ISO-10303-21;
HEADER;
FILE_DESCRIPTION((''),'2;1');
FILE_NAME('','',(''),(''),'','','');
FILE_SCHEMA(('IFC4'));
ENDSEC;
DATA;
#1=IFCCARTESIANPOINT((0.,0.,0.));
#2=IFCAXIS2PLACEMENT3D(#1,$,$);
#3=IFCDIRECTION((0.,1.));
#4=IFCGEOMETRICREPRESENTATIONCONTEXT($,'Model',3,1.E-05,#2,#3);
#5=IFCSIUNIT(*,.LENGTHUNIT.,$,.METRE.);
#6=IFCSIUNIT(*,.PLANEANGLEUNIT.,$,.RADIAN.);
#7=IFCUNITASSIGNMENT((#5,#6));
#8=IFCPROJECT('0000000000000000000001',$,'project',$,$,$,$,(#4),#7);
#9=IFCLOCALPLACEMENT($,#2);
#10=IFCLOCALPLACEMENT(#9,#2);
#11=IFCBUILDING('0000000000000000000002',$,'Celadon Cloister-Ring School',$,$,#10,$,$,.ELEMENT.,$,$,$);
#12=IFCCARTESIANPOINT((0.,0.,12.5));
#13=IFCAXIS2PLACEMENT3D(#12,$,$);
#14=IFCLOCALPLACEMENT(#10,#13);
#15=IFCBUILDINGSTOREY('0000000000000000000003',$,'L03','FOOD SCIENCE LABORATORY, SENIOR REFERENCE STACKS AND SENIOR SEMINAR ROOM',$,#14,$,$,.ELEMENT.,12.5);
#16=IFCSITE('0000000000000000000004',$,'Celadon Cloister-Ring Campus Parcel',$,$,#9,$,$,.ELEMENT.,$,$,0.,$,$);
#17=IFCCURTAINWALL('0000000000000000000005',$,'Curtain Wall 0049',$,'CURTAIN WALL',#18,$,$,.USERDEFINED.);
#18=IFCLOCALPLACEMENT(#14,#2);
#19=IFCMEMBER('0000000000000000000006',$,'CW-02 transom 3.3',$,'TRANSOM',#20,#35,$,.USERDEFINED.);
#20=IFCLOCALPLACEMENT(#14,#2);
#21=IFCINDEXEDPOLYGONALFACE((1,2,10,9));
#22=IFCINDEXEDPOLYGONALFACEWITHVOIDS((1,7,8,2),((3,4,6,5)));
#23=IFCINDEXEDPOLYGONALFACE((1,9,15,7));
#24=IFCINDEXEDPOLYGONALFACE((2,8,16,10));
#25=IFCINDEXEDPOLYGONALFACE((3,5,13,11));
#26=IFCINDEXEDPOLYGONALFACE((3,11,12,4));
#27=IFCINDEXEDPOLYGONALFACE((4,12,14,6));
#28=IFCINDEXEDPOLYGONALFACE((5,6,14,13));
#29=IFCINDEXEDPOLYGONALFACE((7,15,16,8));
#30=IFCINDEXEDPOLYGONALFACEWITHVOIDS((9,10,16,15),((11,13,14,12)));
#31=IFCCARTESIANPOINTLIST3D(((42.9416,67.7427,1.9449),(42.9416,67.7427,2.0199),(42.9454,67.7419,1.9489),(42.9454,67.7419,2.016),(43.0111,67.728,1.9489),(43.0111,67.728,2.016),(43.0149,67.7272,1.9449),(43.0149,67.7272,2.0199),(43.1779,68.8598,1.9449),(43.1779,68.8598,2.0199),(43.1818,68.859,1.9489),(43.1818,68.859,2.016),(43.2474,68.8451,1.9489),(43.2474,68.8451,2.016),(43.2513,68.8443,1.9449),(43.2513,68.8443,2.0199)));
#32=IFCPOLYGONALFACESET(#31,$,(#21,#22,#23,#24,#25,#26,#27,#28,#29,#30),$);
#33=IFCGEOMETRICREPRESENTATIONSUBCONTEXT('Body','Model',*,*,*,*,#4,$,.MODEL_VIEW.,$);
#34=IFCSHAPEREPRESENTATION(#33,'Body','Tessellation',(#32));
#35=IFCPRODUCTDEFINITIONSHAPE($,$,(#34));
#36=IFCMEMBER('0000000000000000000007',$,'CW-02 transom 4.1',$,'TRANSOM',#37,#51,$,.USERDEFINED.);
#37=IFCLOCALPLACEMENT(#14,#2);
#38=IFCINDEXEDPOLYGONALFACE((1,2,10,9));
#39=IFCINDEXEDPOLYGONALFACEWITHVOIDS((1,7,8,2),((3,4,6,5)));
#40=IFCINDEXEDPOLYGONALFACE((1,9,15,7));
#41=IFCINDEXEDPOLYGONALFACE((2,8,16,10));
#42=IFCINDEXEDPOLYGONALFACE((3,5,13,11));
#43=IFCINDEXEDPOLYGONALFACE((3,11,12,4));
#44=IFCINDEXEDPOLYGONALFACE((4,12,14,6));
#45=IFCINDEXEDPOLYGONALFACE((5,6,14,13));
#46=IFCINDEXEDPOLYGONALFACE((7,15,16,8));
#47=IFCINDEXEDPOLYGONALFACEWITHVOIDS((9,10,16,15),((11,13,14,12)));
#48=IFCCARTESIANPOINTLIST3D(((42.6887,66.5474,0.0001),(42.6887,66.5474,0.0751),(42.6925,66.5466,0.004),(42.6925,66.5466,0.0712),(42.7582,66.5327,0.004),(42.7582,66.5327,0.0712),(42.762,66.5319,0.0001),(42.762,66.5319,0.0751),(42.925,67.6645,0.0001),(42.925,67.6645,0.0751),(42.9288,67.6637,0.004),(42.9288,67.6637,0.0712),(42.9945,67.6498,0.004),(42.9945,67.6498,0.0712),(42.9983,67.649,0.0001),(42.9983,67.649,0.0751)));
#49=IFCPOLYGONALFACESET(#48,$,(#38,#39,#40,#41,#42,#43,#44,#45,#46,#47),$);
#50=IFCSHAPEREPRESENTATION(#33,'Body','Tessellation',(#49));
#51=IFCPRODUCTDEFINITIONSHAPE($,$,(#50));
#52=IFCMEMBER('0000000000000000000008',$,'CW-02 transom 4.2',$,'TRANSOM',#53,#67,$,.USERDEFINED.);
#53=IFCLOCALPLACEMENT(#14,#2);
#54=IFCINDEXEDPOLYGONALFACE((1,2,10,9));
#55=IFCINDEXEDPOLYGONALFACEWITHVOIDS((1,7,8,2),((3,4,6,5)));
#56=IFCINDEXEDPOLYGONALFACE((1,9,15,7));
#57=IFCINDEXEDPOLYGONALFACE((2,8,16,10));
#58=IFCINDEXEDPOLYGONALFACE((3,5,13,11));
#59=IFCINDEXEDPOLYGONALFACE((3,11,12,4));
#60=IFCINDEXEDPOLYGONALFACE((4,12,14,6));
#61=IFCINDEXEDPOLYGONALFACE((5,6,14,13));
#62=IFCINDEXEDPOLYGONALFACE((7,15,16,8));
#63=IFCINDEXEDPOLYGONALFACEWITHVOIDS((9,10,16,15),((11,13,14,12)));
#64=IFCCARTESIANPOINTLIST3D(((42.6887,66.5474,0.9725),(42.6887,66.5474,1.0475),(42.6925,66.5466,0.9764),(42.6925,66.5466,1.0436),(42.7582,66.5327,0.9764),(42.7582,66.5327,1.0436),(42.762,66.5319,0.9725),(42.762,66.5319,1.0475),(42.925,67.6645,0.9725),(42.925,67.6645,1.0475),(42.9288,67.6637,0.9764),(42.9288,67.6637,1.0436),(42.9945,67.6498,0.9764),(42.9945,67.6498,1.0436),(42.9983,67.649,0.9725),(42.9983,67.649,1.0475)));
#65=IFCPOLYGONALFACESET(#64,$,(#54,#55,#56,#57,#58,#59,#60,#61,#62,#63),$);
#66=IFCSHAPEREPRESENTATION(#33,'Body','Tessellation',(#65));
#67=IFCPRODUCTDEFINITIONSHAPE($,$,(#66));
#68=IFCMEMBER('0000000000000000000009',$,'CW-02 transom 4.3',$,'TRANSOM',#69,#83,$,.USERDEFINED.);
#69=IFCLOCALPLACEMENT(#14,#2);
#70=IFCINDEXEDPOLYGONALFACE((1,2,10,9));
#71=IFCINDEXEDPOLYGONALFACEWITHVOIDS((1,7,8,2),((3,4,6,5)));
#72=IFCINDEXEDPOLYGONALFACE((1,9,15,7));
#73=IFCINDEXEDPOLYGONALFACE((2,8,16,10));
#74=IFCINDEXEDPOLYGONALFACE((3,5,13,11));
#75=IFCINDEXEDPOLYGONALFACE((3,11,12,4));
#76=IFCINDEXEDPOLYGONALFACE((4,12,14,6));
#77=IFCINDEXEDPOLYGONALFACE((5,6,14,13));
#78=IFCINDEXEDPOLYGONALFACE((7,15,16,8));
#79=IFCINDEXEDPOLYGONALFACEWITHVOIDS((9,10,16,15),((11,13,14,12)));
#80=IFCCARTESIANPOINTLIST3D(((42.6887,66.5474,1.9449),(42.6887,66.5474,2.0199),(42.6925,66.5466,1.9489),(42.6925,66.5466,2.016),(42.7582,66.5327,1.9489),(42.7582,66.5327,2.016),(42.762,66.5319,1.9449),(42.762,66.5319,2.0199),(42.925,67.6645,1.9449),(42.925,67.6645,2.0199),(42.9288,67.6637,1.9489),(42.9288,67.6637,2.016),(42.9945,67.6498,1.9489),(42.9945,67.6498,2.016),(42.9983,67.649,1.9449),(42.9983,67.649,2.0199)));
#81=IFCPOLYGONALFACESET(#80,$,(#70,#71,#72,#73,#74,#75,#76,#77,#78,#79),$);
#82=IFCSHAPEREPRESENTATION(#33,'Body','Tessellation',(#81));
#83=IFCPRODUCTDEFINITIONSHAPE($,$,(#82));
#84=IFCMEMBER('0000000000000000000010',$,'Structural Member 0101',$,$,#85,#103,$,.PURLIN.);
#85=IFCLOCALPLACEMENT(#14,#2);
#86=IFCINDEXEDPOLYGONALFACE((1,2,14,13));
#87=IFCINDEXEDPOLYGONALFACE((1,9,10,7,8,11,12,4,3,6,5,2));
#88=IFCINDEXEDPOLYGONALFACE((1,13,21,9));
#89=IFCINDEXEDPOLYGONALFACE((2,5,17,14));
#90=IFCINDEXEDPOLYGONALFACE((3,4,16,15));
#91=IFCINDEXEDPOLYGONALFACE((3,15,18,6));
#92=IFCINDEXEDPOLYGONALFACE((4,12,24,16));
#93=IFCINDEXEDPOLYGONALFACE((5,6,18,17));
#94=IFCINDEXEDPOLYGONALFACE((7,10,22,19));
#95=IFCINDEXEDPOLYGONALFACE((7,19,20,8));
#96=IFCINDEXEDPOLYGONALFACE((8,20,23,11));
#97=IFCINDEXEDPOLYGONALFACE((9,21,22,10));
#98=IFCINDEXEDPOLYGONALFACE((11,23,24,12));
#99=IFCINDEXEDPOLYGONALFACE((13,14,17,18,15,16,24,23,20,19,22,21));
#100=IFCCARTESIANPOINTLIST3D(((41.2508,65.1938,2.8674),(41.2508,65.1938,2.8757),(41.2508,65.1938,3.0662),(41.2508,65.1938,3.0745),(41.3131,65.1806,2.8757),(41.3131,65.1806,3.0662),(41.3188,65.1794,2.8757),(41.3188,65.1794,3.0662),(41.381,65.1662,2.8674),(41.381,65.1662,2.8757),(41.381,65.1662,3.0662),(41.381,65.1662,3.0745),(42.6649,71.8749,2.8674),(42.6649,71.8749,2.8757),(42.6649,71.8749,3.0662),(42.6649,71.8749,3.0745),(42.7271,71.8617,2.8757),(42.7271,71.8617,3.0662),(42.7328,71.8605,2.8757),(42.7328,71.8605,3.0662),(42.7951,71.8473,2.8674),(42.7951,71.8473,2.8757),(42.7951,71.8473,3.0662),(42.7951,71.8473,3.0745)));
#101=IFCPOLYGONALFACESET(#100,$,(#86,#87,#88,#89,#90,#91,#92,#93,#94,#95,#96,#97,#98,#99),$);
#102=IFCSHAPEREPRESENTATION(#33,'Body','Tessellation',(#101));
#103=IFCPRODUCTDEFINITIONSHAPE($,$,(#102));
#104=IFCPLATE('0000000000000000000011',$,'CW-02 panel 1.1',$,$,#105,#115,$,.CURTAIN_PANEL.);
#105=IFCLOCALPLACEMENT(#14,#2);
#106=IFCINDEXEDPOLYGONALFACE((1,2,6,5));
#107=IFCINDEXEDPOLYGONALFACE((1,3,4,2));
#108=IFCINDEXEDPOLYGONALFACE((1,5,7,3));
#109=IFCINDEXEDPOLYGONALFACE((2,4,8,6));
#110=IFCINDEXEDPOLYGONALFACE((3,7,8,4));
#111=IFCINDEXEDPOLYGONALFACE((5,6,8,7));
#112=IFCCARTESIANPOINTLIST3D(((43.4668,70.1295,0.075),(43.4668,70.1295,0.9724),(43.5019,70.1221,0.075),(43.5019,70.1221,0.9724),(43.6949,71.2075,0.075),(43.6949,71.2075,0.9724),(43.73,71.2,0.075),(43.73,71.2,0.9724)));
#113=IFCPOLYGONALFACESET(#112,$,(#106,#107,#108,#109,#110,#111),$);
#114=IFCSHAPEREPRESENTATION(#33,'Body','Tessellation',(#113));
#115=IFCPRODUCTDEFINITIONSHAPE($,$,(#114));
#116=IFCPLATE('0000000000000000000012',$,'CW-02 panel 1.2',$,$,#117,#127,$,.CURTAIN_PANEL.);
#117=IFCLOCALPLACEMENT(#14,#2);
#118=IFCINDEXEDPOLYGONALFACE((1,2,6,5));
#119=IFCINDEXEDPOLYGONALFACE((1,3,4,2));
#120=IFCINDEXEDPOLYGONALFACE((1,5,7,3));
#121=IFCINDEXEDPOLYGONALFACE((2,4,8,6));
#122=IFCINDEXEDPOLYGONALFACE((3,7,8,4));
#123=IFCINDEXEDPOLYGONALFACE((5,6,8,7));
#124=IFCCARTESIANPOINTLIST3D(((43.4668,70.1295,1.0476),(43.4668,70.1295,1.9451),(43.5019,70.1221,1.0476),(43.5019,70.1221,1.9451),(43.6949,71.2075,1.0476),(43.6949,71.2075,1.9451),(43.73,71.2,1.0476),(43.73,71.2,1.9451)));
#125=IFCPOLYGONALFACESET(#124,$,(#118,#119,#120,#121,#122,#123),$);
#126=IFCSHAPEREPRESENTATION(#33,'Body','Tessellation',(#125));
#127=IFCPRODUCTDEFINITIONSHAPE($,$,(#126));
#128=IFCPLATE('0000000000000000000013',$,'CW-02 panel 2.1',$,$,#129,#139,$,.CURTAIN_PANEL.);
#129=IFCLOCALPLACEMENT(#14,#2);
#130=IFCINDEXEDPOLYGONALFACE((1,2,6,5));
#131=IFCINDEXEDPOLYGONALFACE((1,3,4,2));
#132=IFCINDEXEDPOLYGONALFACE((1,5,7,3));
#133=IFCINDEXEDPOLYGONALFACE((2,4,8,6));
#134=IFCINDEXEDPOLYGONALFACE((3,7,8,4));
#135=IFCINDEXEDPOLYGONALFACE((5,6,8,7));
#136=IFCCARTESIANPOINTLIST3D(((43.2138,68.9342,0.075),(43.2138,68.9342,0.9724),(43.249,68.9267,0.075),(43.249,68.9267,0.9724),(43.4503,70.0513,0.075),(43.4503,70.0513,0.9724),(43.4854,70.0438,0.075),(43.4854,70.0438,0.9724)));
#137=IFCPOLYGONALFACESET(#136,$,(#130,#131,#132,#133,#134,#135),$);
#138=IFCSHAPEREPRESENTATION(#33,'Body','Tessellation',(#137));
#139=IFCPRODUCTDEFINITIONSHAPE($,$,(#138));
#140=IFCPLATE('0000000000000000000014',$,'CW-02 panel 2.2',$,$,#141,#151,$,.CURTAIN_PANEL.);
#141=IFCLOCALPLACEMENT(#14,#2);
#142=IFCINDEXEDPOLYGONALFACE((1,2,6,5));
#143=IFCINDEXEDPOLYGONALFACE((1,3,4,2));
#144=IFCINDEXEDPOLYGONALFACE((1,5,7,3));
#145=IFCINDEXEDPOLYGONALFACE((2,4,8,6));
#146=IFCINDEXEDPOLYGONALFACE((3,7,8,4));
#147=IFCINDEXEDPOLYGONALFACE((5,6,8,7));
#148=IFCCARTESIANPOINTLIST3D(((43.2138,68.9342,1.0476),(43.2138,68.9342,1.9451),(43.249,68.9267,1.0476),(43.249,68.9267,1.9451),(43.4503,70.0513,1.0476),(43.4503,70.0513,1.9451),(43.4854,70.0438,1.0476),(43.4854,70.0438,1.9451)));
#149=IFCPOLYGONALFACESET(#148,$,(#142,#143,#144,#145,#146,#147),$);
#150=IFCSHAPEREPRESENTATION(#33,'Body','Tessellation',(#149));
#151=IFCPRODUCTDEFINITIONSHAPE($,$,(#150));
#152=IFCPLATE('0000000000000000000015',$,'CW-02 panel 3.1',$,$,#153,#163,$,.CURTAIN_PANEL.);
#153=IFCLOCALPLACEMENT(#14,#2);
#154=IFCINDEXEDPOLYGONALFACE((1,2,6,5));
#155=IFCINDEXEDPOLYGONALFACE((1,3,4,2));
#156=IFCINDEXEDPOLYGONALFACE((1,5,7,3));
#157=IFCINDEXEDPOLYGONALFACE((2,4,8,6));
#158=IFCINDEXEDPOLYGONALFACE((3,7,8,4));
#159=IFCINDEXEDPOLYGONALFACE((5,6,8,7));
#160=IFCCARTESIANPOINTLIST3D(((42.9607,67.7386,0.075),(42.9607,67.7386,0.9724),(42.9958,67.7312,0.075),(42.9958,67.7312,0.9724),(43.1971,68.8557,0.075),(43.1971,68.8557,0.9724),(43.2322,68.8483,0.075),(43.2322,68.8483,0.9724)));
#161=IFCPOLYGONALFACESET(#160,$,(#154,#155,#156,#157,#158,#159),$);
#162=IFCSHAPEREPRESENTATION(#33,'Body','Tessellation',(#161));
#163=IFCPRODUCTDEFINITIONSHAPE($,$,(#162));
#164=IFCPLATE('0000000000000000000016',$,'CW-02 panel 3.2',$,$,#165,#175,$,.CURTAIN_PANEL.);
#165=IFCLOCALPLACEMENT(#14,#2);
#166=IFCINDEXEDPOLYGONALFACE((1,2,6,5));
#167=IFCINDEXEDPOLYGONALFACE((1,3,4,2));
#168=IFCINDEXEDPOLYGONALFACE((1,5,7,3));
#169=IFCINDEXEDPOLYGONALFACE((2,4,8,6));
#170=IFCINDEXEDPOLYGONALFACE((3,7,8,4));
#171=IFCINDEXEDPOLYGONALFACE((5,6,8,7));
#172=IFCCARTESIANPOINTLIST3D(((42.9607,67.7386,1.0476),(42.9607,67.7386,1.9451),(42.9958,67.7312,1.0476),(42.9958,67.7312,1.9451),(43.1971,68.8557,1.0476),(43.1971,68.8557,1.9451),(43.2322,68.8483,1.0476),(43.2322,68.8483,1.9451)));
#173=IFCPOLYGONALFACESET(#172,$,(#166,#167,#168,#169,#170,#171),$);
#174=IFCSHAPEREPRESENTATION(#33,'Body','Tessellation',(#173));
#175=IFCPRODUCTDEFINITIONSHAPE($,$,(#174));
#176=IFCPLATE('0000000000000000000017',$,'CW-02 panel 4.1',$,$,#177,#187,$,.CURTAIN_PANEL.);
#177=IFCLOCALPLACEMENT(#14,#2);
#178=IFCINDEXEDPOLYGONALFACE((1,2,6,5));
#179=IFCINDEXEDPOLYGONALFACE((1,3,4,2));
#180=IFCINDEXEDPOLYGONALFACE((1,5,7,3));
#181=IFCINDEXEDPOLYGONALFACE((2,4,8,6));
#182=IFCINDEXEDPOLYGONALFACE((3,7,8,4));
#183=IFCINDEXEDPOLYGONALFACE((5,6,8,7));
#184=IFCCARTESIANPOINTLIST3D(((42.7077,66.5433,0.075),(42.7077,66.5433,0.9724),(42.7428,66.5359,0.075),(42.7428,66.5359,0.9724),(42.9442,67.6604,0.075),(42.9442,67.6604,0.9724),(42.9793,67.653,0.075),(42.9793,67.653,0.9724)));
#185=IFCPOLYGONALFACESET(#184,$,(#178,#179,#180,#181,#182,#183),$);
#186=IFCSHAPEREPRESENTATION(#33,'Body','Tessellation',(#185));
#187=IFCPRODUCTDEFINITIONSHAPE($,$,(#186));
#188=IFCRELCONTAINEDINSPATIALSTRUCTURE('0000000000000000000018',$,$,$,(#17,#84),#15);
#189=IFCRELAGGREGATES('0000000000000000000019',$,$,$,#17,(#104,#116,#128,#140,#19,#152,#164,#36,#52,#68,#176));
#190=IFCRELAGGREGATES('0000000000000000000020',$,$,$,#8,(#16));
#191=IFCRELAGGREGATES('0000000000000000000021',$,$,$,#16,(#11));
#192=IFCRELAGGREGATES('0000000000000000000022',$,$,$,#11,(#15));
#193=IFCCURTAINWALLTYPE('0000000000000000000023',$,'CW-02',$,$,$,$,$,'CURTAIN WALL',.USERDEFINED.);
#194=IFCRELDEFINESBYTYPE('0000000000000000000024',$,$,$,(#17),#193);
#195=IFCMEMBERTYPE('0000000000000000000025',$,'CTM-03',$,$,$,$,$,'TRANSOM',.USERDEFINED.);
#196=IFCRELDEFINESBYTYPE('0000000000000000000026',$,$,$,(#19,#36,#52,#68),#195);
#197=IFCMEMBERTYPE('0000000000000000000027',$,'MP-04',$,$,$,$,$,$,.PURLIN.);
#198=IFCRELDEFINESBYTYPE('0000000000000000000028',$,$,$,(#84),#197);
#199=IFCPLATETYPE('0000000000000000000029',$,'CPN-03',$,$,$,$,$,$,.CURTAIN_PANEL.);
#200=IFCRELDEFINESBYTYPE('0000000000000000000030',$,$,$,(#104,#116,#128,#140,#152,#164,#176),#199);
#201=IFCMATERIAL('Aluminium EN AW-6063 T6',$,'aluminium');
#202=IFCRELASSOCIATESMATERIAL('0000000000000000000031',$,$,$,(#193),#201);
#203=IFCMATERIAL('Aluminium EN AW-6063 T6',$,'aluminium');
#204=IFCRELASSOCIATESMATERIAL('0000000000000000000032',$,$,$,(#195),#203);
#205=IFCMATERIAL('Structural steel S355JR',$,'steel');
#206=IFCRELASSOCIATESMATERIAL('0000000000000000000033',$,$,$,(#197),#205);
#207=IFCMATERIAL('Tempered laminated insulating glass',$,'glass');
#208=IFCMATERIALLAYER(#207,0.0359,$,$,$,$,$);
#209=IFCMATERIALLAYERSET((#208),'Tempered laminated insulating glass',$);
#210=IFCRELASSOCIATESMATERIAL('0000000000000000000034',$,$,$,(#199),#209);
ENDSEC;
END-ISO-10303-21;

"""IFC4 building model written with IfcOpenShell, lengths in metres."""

from ifc_helpers import new_model, si_unit, direction, frame, origin, origin_2d, place, context, subcontext, project, spatial, rectangle, hollow_rectangle, i_section, extrude, material, layer, layer_set, material_profile, profile_set, type_object, element, aggregate, save


model = new_model("IFC4")

# Units and contexts
model_context = context("Model", 3, precision=1e-05, world=origin(), true_north=direction((0.0, 1.0)))
body_context = subcontext(model_context, "Body", "Model", "MODEL_VIEW")
ifc_project = project(units=[si_unit("LENGTHUNIT", "METRE"), si_unit("PLANEANGLEUNIT", "RADIAN")], contexts=[model_context])

# Site, building, storey
site_placement = place(None, origin())
site = spatial("IfcSite", under=ifc_project, at=site_placement, Name="Celadon Cloister-Ring Campus Parcel", CompositionType="ELEMENT", RefElevation=0.0)
building_placement = place(site_placement, origin())
building = spatial("IfcBuilding", under=site, at=building_placement, Name="Celadon Cloister-Ring School", CompositionType="ELEMENT")
storey_placement = place(building_placement, frame((0.0, 0.0, 12.5)))
storey = spatial("IfcBuildingStorey", under=building, at=storey_placement, Name="L03", Description="FOOD SCIENCE LABORATORY, SENIOR REFERENCE STACKS AND SENIOR SEMINAR ROOM", CompositionType="ELEMENT", Elevation=12.5)

# Curtain wall, members
ifc_material_1 = material(Name="Aluminium EN AW-6063 T6", Category="aluminium")
curtain_wall_type = type_object("IfcCurtainWallType", Name="CW-02", ElementType="CURTAIN WALL", PredefinedType="USERDEFINED", material=ifc_material_1)
curtain_wall_placement = place(storey_placement, origin())
curtain_wall = element("IfcCurtainWall", 1, at=curtain_wall_placement, inside=storey, type_object=curtain_wall_type, Name="Curtain Wall 0049", ObjectType="CURTAIN WALL", PredefinedType="USERDEFINED")
ifc_material_2 = material(Name="Aluminium EN AW-6063 T6", Category="aluminium")
ifc_material_profile_1 = material_profile(ifc_material_2, hollow_rectangle(XDim=0.075, YDim=0.075, WallThickness=0.0039, at=origin_2d()), Name="RHS75X75X4")
ifc_profile_set_1 = profile_set([ifc_material_profile_1], Name="Aluminium EN AW-6063 T6")
member_type_1 = type_object("IfcMemberType", Name="CTM-03", ElementType="TRANSOM", PredefinedType="USERDEFINED", material=ifc_profile_set_1)
member_1_placement = place(storey_placement, frame((43.2146, 68.8521, 1.9824), z_axis=(-0.206959, -0.97835, 0.0), x_axis=(0.97835, -0.206959, 0.0)))
member_1 = element("IfcMember", 2, at=member_1_placement, type_object=member_type_1, Name="CW-02 transom 3.3", ObjectType="TRANSOM", PredefinedType="USERDEFINED", context=body_context, shape_type="SweptSolid", body=[
    extrude(hollow_rectangle(XDim=0.075, YDim=0.075, WallThickness=0.0039, at=origin_2d()), origin(), (0.0, 0.0, 1.0), 1.1418),
])
member_2_placement = place(storey_placement, frame((42.9617, 67.6567, 0.0376), z_axis=(-0.206959, -0.97835, 0.0), x_axis=(0.97835, -0.206959, 0.0)))
member_2 = element("IfcMember", 3, at=member_2_placement, type_object=member_type_1, Name="CW-02 transom 4.1", ObjectType="TRANSOM", PredefinedType="USERDEFINED", context=body_context, shape_type="SweptSolid", body=[
    extrude(hollow_rectangle(XDim=0.075, YDim=0.075, WallThickness=0.0039, at=origin_2d()), origin(), (0.0, 0.0, 1.0), 1.1418),
])
member_3_placement = place(storey_placement, frame((42.9617, 67.6567, 1.01), z_axis=(-0.206959, -0.97835, 0.0), x_axis=(0.97835, -0.206959, 0.0)))
member_3 = element("IfcMember", 4, at=member_3_placement, type_object=member_type_1, Name="CW-02 transom 4.2", ObjectType="TRANSOM", PredefinedType="USERDEFINED", context=body_context, shape_type="SweptSolid", body=[
    extrude(hollow_rectangle(XDim=0.075, YDim=0.075, WallThickness=0.0039, at=origin_2d()), origin(), (0.0, 0.0, 1.0), 1.1418),
])
member_4_placement = place(storey_placement, frame((42.9617, 67.6567, 1.9824), z_axis=(-0.206959, -0.97835, 0.0), x_axis=(0.97835, -0.206959, 0.0)))
member_4 = element("IfcMember", 5, at=member_4_placement, type_object=member_type_1, Name="CW-02 transom 4.3", ObjectType="TRANSOM", PredefinedType="USERDEFINED", context=body_context, shape_type="SweptSolid", body=[
    extrude(hollow_rectangle(XDim=0.075, YDim=0.075, WallThickness=0.0039, at=origin_2d()), origin(), (0.0, 0.0, 1.0), 1.1418),
])

# Member
ifc_material_3 = material(Name="Structural steel S355JR", Category="steel")
ifc_material_profile_2 = material_profile(ifc_material_3, i_section(OverallWidth=0.1331, OverallDepth=0.207, WebThickness=0.0059, FlangeThickness=0.0083, at=origin_2d()), Name="W200X27")
ifc_profile_set_2 = profile_set([ifc_material_profile_2], Name="Structural steel S355JR")
member_type_2 = type_object("IfcMemberType", Name="MP-04", PredefinedType="PURLIN", material=ifc_profile_set_2)
member_5_placement = place(storey_placement, frame((42.73, 71.8611, 2.9709), z_axis=(-0.207063, -0.978328, 0.0), x_axis=(0.978328, -0.207063, 0.0)))
element("IfcMember", 6, at=member_5_placement, inside=storey, type_object=member_type_2, Name="Structural Member 0101", PredefinedType="PURLIN", context=body_context, shape_type="SweptSolid", body=[
    extrude(i_section(OverallWidth=0.1331, OverallDepth=0.207, WebThickness=0.0059, FlangeThickness=0.0083, at=origin_2d()), origin(), (0.0, 0.0, 1.0), 6.8291),
])

# Plates
ifc_material_4 = material(Name="Tempered laminated insulating glass", Category="glass")
ifc_layer = layer(ifc_material_4, 0.0359)
ifc_layer_set = layer_set([ifc_layer], Name="Tempered laminated insulating glass")
plate_type = type_object("IfcPlateType", Name="CPN-03", PredefinedType="CURTAIN_PANEL", material=ifc_layer_set)
plate_1_placement = place(storey_placement, frame((43.5984, 70.6648, 0.075), z_axis=(0.0, 0.0, 1.0), x_axis=(-0.207058, -0.978329, 0.0)))
plate_1 = element("IfcPlate", 7, at=plate_1_placement, type_object=plate_type, Name="CW-02 panel 1.1", PredefinedType="CURTAIN_PANEL", context=body_context, shape_type="SweptSolid", body=[
    extrude(rectangle(XDim=1.1018, YDim=0.0359, at=origin_2d()), origin(), (0.0, 0.0, 1.0), 0.8975),
])
plate_2_placement = place(storey_placement, frame((43.5984, 70.6648, 1.0476), z_axis=(0.0, 0.0, 1.0), x_axis=(-0.207058, -0.978329, 0.0)))
plate_2 = element("IfcPlate", 8, at=plate_2_placement, type_object=plate_type, Name="CW-02 panel 1.2", PredefinedType="CURTAIN_PANEL", context=body_context, shape_type="SweptSolid", body=[
    extrude(rectangle(XDim=1.1018, YDim=0.0359, at=origin_2d()), origin(), (0.0, 0.0, 1.0), 0.8975),
])
plate_3_placement = place(storey_placement, frame((43.3496, 69.489, 0.075), z_axis=(0.0, 0.0, 1.0), x_axis=(-0.207058, -0.978329, 0.0)))
plate_3 = element("IfcPlate", 9, at=plate_3_placement, type_object=plate_type, Name="CW-02 panel 2.1", PredefinedType="CURTAIN_PANEL", context=body_context, shape_type="SweptSolid", body=[
    extrude(rectangle(XDim=1.1418, YDim=0.0359, at=origin_2d()), origin(), (0.0, 0.0, 1.0), 0.8975),
])
plate_4_placement = place(storey_placement, frame((43.3496, 69.489, 1.0476), z_axis=(0.0, 0.0, 1.0), x_axis=(-0.207058, -0.978329, 0.0)))
plate_4 = element("IfcPlate", 10, at=plate_4_placement, type_object=plate_type, Name="CW-02 panel 2.2", PredefinedType="CURTAIN_PANEL", context=body_context, shape_type="SweptSolid", body=[
    extrude(rectangle(XDim=1.1418, YDim=0.0359, at=origin_2d()), origin(), (0.0, 0.0, 1.0), 0.8975),
])
plate_5_placement = place(storey_placement, frame((43.0964, 68.2935, 0.075), z_axis=(0.0, 0.0, 1.0), x_axis=(-0.207058, -0.978329, 0.0)))
plate_5 = element("IfcPlate", 11, at=plate_5_placement, type_object=plate_type, Name="CW-02 panel 3.1", PredefinedType="CURTAIN_PANEL", context=body_context, shape_type="SweptSolid", body=[
    extrude(rectangle(XDim=1.1418, YDim=0.0359, at=origin_2d()), origin(), (0.0, 0.0, 1.0), 0.8975),
])
plate_6_placement = place(storey_placement, frame((43.0964, 68.2935, 1.0476), z_axis=(0.0, 0.0, 1.0), x_axis=(-0.207058, -0.978329, 0.0)))
plate_6 = element("IfcPlate", 12, at=plate_6_placement, type_object=plate_type, Name="CW-02 panel 3.2", PredefinedType="CURTAIN_PANEL", context=body_context, shape_type="SweptSolid", body=[
    extrude(rectangle(XDim=1.1418, YDim=0.0359, at=origin_2d()), origin(), (0.0, 0.0, 1.0), 0.8975),
])
plate_7_placement = place(storey_placement, frame((42.8435, 67.0981, 0.075), z_axis=(0.0, 0.0, 1.0), x_axis=(-0.207058, -0.978329, 0.0)))
plate_7 = element("IfcPlate", 13, at=plate_7_placement, type_object=plate_type, Name="CW-02 panel 4.1", PredefinedType="CURTAIN_PANEL", context=body_context, shape_type="SweptSolid", body=[
    extrude(rectangle(XDim=1.1418, YDim=0.0359, at=origin_2d()), origin(), (0.0, 0.0, 1.0), 0.8975),
])
aggregate(curtain_wall, [plate_1, plate_2, plate_3, plate_4, member_1, plate_5, plate_6, member_2, member_3, member_4, plate_7])

save(model, "model.ifc")
